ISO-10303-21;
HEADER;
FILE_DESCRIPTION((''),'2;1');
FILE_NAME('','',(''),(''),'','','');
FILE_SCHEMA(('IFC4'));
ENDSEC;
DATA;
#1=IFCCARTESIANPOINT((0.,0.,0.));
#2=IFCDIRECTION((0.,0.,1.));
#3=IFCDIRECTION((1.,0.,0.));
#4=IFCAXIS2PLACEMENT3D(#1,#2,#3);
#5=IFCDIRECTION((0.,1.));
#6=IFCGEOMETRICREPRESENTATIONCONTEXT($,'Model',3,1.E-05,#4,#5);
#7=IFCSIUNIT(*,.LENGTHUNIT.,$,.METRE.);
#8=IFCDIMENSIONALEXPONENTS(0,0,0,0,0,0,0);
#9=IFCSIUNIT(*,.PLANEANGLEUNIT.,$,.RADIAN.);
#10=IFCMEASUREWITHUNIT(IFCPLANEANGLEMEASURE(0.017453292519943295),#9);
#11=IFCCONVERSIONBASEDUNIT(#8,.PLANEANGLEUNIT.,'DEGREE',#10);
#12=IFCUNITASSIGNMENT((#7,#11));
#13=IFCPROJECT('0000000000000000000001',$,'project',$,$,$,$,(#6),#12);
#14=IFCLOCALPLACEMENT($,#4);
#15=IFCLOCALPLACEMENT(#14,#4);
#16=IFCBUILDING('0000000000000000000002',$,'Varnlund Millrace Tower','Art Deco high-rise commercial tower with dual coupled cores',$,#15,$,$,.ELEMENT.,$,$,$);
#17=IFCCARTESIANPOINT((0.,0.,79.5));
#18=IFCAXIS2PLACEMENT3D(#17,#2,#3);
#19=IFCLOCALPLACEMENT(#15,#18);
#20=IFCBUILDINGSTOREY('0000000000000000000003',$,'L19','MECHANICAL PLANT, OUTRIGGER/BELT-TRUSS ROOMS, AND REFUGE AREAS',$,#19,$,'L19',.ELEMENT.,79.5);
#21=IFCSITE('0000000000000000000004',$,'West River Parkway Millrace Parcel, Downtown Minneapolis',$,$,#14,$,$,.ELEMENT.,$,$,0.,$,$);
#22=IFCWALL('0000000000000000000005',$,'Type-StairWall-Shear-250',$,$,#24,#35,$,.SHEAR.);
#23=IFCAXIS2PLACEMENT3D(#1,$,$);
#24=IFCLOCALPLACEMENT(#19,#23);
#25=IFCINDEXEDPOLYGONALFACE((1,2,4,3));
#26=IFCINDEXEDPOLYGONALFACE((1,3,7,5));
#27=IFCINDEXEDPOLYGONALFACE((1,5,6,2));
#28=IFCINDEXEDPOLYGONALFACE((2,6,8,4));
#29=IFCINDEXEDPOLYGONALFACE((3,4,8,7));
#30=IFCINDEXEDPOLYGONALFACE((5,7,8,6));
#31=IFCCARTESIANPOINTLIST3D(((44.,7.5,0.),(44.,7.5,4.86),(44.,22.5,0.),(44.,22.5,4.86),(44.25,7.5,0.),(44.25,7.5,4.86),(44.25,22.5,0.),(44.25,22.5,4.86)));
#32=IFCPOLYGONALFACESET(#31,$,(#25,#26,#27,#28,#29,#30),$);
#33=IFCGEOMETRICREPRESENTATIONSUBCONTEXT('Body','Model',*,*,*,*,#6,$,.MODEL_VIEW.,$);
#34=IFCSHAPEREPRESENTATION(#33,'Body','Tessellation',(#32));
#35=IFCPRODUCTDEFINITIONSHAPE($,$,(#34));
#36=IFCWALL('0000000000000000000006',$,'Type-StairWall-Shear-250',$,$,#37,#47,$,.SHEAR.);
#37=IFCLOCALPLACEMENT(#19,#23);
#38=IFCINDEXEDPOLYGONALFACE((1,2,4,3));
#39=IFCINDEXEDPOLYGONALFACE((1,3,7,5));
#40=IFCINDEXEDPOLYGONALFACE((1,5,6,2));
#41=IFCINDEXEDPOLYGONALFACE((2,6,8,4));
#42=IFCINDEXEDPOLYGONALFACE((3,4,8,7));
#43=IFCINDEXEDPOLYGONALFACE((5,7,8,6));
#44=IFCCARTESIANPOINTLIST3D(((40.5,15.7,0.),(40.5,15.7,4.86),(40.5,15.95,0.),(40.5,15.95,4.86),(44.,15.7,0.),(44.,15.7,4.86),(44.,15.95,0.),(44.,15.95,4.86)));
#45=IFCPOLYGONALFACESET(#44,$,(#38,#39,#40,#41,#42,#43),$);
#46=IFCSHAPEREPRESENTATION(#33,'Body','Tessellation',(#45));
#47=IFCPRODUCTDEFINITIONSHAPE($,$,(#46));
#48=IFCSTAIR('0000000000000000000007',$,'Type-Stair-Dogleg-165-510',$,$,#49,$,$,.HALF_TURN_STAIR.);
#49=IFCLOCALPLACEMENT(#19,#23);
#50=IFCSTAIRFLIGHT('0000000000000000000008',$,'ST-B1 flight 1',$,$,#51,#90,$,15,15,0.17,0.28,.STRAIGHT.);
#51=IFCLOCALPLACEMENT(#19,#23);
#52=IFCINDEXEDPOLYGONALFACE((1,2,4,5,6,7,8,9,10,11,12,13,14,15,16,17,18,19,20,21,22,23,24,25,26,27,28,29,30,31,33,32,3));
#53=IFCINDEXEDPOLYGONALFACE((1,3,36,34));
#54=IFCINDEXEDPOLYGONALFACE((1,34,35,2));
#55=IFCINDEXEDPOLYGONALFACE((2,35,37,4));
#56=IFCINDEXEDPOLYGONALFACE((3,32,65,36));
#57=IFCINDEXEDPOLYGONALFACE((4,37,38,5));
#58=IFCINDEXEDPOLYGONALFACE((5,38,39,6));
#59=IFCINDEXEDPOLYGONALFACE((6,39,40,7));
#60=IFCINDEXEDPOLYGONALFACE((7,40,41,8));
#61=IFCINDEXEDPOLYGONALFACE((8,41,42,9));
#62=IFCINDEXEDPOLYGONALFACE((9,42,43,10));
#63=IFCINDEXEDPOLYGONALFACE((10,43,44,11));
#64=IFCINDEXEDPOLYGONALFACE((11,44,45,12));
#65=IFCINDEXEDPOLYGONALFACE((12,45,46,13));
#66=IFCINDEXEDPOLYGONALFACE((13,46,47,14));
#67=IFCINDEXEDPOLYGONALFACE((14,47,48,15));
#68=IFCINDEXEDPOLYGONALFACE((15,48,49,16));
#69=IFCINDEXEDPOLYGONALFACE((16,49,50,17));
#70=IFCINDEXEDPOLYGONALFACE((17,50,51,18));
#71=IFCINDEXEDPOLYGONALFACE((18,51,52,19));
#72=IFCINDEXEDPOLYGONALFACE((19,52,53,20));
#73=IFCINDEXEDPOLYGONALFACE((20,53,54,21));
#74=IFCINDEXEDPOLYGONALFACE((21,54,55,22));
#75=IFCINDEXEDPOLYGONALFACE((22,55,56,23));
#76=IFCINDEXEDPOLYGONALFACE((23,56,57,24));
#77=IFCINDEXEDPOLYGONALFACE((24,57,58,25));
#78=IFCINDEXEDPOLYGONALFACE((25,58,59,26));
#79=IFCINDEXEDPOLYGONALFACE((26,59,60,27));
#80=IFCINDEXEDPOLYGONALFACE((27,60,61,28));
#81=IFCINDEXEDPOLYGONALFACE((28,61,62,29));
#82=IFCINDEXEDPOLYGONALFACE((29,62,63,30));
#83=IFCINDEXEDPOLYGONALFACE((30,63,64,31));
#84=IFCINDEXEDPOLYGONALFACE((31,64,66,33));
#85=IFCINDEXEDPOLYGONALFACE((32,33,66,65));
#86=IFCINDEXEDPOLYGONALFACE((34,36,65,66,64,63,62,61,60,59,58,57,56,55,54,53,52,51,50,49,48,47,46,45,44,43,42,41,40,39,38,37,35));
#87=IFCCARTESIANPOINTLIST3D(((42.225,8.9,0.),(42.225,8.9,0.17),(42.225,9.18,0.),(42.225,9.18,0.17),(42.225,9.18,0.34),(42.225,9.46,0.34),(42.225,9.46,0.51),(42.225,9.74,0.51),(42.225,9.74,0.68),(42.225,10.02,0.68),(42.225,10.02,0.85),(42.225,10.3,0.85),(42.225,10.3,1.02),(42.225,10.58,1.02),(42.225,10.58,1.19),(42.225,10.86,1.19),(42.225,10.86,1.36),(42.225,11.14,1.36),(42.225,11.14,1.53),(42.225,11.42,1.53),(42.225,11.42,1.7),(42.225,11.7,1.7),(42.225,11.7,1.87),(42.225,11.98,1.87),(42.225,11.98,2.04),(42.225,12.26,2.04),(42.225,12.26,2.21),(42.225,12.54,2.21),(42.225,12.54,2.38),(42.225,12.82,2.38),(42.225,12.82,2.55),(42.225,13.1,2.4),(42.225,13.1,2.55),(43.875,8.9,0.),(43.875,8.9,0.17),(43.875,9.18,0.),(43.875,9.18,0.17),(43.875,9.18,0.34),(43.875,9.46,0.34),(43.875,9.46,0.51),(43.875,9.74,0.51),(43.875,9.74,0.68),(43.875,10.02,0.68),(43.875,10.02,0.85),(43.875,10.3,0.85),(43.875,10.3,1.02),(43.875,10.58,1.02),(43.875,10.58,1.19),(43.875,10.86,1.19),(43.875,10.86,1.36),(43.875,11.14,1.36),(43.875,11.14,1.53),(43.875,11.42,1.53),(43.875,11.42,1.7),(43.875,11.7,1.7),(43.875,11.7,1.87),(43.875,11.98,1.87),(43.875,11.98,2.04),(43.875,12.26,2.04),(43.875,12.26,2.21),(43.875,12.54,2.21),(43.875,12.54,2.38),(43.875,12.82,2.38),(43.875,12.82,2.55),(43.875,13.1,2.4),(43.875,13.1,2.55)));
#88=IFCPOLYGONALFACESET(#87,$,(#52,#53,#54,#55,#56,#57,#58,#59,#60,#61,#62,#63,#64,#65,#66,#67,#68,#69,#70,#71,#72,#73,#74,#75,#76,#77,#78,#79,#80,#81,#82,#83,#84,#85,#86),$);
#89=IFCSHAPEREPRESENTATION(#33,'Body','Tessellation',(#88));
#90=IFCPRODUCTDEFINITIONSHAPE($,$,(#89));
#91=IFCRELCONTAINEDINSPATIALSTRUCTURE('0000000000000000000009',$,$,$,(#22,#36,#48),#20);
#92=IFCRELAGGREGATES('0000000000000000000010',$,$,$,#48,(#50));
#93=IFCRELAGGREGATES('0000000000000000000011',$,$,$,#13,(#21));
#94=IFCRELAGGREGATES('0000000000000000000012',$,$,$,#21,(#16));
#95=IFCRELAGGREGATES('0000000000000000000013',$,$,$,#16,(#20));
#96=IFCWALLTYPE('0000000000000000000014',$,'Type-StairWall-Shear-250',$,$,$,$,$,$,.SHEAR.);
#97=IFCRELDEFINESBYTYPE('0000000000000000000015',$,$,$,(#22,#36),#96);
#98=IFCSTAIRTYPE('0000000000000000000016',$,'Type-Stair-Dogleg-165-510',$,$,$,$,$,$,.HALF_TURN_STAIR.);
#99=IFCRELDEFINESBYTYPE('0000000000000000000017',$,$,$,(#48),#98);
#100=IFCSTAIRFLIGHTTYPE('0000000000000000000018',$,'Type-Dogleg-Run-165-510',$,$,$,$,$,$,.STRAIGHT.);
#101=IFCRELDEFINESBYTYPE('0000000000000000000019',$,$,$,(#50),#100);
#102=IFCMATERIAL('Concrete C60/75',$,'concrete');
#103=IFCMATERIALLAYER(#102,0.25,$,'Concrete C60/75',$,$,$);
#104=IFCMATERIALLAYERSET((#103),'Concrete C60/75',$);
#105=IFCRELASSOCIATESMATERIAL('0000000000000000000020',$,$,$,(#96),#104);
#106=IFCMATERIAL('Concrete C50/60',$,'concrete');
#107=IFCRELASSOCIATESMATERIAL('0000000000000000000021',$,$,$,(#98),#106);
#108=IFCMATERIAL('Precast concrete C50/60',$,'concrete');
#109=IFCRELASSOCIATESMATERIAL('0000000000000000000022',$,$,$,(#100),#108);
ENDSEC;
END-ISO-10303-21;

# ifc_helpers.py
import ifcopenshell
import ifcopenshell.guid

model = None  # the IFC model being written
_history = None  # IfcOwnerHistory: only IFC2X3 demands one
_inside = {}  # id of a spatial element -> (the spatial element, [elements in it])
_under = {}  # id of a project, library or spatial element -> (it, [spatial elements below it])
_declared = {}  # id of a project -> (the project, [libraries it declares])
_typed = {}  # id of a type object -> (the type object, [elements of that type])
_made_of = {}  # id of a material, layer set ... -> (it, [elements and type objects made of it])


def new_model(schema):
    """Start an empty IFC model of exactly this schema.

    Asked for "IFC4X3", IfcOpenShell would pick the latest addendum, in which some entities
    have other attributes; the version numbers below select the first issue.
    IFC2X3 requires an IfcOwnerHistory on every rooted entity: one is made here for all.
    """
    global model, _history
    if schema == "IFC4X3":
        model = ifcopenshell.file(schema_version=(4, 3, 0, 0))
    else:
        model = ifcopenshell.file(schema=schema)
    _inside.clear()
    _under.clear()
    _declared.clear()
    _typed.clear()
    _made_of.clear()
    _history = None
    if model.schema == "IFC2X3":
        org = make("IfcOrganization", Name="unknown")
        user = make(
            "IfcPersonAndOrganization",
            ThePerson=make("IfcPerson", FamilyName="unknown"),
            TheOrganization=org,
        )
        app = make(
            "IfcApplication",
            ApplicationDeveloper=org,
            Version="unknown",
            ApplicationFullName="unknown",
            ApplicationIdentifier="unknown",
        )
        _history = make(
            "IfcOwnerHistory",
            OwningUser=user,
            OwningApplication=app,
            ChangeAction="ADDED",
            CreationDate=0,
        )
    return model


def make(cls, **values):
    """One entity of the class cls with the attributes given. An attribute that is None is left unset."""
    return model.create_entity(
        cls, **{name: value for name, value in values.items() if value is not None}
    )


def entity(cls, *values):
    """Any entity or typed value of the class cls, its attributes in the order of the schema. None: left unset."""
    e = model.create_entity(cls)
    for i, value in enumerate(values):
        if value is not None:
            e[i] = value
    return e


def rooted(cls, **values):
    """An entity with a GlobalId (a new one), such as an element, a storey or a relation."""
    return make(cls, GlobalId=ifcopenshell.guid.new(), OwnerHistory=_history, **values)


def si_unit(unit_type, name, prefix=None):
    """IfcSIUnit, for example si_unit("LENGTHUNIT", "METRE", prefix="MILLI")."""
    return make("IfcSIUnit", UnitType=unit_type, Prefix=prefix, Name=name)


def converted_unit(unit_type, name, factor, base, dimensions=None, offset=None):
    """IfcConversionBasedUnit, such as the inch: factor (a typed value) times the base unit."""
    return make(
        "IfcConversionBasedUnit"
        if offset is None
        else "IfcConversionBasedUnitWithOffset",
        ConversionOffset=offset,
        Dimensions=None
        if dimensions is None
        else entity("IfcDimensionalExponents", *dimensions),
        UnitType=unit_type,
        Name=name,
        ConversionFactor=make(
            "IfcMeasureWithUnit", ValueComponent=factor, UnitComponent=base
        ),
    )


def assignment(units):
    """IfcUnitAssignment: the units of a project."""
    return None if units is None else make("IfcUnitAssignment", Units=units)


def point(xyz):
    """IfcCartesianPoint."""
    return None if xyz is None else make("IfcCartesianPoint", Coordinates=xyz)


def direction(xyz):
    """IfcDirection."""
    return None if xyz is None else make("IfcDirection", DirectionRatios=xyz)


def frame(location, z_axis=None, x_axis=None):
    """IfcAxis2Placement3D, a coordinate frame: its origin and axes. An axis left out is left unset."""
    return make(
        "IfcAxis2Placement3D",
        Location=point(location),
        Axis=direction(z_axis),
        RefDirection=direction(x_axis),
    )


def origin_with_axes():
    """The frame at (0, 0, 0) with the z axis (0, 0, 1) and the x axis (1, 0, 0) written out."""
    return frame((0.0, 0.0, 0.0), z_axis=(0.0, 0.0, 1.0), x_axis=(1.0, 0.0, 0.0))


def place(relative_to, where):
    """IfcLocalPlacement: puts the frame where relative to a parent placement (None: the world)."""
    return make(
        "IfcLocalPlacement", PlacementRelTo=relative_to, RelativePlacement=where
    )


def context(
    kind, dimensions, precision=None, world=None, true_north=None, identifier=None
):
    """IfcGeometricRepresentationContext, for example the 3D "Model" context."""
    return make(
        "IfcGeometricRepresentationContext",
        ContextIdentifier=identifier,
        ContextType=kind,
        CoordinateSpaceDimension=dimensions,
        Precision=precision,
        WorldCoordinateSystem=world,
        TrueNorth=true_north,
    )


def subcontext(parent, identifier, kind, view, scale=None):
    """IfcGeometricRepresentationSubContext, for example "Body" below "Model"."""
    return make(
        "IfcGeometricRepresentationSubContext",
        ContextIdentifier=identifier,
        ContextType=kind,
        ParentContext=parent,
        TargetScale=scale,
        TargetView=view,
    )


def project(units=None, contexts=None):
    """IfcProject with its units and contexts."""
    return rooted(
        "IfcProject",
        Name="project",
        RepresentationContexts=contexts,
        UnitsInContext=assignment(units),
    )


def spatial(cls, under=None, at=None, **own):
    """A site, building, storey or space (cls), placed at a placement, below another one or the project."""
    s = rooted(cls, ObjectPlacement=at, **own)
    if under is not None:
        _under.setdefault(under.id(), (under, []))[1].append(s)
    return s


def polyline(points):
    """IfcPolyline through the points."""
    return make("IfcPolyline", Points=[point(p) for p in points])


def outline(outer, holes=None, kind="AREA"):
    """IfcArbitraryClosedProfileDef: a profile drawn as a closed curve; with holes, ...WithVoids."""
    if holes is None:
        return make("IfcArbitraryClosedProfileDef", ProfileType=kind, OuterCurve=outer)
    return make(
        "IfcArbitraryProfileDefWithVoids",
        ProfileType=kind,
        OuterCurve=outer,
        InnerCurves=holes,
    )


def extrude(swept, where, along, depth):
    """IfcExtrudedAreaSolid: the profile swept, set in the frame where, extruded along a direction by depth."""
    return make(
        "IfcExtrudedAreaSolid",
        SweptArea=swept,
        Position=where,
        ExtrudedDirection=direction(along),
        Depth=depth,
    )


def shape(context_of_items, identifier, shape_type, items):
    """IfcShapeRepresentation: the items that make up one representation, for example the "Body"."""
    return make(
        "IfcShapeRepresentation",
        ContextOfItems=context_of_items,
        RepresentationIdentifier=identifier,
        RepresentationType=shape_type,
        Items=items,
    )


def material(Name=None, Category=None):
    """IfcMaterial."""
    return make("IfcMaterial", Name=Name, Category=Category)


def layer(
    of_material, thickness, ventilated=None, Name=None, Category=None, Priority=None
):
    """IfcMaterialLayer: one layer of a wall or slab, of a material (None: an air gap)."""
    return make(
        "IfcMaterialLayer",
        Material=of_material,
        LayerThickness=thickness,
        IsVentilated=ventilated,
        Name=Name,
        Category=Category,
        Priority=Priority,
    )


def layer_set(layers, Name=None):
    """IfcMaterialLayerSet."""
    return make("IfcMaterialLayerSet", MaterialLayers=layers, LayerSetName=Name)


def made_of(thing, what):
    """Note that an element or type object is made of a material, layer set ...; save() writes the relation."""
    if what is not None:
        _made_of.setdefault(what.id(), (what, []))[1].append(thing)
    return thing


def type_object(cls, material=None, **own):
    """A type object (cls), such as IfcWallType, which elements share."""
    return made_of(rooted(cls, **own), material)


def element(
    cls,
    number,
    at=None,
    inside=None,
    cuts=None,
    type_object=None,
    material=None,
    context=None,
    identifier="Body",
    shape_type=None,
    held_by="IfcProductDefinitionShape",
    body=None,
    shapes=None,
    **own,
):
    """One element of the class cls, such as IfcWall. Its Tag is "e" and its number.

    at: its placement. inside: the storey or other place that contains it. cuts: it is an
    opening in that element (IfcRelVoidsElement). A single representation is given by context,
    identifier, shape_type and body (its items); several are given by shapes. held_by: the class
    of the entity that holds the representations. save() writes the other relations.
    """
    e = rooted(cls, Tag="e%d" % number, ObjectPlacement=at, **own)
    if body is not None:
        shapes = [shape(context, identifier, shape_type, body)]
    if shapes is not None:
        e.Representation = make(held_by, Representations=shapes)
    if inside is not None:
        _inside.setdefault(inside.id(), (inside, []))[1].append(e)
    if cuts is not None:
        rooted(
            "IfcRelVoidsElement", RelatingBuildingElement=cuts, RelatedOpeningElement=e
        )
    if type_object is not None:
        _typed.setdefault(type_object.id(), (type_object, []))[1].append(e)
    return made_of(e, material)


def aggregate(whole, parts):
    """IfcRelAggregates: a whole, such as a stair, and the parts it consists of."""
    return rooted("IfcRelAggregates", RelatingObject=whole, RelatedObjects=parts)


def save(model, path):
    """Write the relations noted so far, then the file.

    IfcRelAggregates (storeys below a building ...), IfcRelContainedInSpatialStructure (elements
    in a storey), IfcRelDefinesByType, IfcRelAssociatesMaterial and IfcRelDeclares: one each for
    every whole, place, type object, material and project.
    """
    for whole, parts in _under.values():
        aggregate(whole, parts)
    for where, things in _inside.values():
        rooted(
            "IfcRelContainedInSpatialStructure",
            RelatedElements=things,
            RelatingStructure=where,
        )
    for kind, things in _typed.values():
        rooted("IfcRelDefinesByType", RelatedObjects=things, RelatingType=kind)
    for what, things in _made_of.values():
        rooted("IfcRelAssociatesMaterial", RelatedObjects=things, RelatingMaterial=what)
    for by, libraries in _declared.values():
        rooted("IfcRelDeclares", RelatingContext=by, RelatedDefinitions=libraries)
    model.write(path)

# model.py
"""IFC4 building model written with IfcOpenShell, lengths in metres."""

from ifc_helpers import new_model, entity, si_unit, converted_unit, direction, frame, origin_with_axes, place, context, subcontext, project, spatial, polyline, outline, extrude, material, layer, layer_set, type_object, element, aggregate, save


model = new_model("IFC4")

# Units and contexts
model_context = context("Model", 3, precision=1e-05, world=origin_with_axes(), true_north=direction((0.0, 1.0)))
body_context = subcontext(model_context, "Body", "Model", "MODEL_VIEW")
ifc_project = project(units=[si_unit("LENGTHUNIT", "METRE"), converted_unit("PLANEANGLEUNIT", "DEGREE", entity("IfcPlaneAngleMeasure", 0.017453292519943295), si_unit("PLANEANGLEUNIT", "RADIAN"), dimensions=[0, 0, 0, 0, 0, 0, 0])], contexts=[model_context])

# Site, building, storey
site_placement = place(None, origin_with_axes())
site = spatial("IfcSite", under=ifc_project, at=site_placement, Name="West River Parkway Millrace Parcel, Downtown Minneapolis", CompositionType="ELEMENT", RefElevation=0.0)
building_placement = place(site_placement, origin_with_axes())
building = spatial("IfcBuilding", under=site, at=building_placement, Name="Varnlund Millrace Tower", Description="Art Deco high-rise commercial tower with dual coupled cores", CompositionType="ELEMENT")
storey_placement = place(building_placement, frame((0.0, 0.0, 79.5), z_axis=(0.0, 0.0, 1.0), x_axis=(1.0, 0.0, 0.0)))
storey = spatial("IfcBuildingStorey", under=building, at=storey_placement, Name="L19", Description="MECHANICAL PLANT, OUTRIGGER/BELT-TRUSS ROOMS, AND REFUGE AREAS", LongName="L19", CompositionType="ELEMENT", Elevation=79.5)

# Shared definitions
ifc_material_1 = material(Name="Concrete C60/75", Category="concrete")
ifc_layer_1 = layer(ifc_material_1, 0.25, Name="Concrete C60/75")
ifc_layer_set_1 = layer_set([ifc_layer_1], Name="Concrete C60/75")

# Walls
wall_type_1 = type_object("IfcWallType", Name="Type-StairWall-Shear-250", PredefinedType="SHEAR", material=ifc_layer_set_1)
wall_1_placement = place(storey_placement, frame((44.125, 7.5, 0.0), z_axis=(0.0, 0.0, 1.0), x_axis=(0.0, 1.0, 0.0)))
element("IfcWall", 1, at=wall_1_placement, inside=storey, type_object=wall_type_1, Name="Type-StairWall-Shear-250", PredefinedType="SHEAR", context=body_context, shape_type="SweptSolid", body=[
    extrude(outline(polyline([(0.0, -0.125), (15.0, -0.125), (15.0, 0.125), (0.0, 0.125), (0.0, -0.125)])), origin_with_axes(), (0.0, 0.0, 1.0), 4.86),
])
wall_2_placement = place(storey_placement, frame((40.5, 15.825, 0.0), z_axis=(0.0, 0.0, 1.0), x_axis=(1.0, 0.0, 0.0)))
element("IfcWall", 2, at=wall_2_placement, inside=storey, type_object=wall_type_1, Name="Type-StairWall-Shear-250", PredefinedType="SHEAR", context=body_context, shape_type="SweptSolid", body=[
    extrude(outline(polyline([(0.0, -0.125), (3.5, -0.125), (3.5, 0.125), (0.0, 0.125), (0.0, -0.125)])), origin_with_axes(), (0.0, 0.0, 1.0), 4.86),
])

# Stair, stair flight
ifc_material_2 = material(Name="Concrete C50/60", Category="concrete")
stair_type = type_object("IfcStairType", Name="Type-Stair-Dogleg-165-510", PredefinedType="HALF_TURN_STAIR", material=ifc_material_2)
stair_placement = place(storey_placement, origin_with_axes())
stair = element("IfcStair", 3, at=stair_placement, inside=storey, type_object=stair_type, Name="Type-Stair-Dogleg-165-510", PredefinedType="HALF_TURN_STAIR")
ifc_material_3 = material(Name="Precast concrete C50/60", Category="concrete")
stair_flight_type = type_object("IfcStairFlightType", Name="Type-Dogleg-Run-165-510", PredefinedType="STRAIGHT", material=ifc_material_3)
stair_flight_placement = place(storey_placement, frame((42.225, 8.9, 0.0), z_axis=(1.0, 0.0, 0.0), x_axis=(0.0, 1.0, 0.0)))
stair_flight = element("IfcStairFlight", 4, at=stair_flight_placement, type_object=stair_flight_type, Name="ST-B1 flight 1", NumberOfRisers=15, NumberOfTreads=15, PredefinedType="STRAIGHT", RiserHeight=0.17, TreadLength=0.28, context=body_context, shape_type="SweptSolid", body=[
    extrude(outline(polyline([(0.0, 0.0), (0.0, 0.17), (0.28, 0.17), (0.28, 0.34), (0.56, 0.34), (0.56, 0.51), (0.84, 0.51), (0.84, 0.68), (1.12, 0.68), (1.12, 0.85), (1.4, 0.85), (1.4, 1.02), (1.68, 1.02), (1.68, 1.19), (1.96, 1.19), (1.96, 1.36), (2.24, 1.36), (2.24, 1.53), (2.52, 1.53), (2.52, 1.7), (2.8, 1.7), (2.8, 1.87), (3.08, 1.87), (3.08, 2.04), (3.36, 2.04), (3.36, 2.21), (3.64, 2.21), (3.64, 2.38), (3.92, 2.38), (3.92, 2.55), (4.2, 2.55), (4.2, 2.4), (0.28, 0.0), (0.0, 0.0)])), origin_with_axes(), (0.0, 0.0, 1.0), 1.65),
])
aggregate(stair, [stair_flight])

save(model, "model.ifc")
